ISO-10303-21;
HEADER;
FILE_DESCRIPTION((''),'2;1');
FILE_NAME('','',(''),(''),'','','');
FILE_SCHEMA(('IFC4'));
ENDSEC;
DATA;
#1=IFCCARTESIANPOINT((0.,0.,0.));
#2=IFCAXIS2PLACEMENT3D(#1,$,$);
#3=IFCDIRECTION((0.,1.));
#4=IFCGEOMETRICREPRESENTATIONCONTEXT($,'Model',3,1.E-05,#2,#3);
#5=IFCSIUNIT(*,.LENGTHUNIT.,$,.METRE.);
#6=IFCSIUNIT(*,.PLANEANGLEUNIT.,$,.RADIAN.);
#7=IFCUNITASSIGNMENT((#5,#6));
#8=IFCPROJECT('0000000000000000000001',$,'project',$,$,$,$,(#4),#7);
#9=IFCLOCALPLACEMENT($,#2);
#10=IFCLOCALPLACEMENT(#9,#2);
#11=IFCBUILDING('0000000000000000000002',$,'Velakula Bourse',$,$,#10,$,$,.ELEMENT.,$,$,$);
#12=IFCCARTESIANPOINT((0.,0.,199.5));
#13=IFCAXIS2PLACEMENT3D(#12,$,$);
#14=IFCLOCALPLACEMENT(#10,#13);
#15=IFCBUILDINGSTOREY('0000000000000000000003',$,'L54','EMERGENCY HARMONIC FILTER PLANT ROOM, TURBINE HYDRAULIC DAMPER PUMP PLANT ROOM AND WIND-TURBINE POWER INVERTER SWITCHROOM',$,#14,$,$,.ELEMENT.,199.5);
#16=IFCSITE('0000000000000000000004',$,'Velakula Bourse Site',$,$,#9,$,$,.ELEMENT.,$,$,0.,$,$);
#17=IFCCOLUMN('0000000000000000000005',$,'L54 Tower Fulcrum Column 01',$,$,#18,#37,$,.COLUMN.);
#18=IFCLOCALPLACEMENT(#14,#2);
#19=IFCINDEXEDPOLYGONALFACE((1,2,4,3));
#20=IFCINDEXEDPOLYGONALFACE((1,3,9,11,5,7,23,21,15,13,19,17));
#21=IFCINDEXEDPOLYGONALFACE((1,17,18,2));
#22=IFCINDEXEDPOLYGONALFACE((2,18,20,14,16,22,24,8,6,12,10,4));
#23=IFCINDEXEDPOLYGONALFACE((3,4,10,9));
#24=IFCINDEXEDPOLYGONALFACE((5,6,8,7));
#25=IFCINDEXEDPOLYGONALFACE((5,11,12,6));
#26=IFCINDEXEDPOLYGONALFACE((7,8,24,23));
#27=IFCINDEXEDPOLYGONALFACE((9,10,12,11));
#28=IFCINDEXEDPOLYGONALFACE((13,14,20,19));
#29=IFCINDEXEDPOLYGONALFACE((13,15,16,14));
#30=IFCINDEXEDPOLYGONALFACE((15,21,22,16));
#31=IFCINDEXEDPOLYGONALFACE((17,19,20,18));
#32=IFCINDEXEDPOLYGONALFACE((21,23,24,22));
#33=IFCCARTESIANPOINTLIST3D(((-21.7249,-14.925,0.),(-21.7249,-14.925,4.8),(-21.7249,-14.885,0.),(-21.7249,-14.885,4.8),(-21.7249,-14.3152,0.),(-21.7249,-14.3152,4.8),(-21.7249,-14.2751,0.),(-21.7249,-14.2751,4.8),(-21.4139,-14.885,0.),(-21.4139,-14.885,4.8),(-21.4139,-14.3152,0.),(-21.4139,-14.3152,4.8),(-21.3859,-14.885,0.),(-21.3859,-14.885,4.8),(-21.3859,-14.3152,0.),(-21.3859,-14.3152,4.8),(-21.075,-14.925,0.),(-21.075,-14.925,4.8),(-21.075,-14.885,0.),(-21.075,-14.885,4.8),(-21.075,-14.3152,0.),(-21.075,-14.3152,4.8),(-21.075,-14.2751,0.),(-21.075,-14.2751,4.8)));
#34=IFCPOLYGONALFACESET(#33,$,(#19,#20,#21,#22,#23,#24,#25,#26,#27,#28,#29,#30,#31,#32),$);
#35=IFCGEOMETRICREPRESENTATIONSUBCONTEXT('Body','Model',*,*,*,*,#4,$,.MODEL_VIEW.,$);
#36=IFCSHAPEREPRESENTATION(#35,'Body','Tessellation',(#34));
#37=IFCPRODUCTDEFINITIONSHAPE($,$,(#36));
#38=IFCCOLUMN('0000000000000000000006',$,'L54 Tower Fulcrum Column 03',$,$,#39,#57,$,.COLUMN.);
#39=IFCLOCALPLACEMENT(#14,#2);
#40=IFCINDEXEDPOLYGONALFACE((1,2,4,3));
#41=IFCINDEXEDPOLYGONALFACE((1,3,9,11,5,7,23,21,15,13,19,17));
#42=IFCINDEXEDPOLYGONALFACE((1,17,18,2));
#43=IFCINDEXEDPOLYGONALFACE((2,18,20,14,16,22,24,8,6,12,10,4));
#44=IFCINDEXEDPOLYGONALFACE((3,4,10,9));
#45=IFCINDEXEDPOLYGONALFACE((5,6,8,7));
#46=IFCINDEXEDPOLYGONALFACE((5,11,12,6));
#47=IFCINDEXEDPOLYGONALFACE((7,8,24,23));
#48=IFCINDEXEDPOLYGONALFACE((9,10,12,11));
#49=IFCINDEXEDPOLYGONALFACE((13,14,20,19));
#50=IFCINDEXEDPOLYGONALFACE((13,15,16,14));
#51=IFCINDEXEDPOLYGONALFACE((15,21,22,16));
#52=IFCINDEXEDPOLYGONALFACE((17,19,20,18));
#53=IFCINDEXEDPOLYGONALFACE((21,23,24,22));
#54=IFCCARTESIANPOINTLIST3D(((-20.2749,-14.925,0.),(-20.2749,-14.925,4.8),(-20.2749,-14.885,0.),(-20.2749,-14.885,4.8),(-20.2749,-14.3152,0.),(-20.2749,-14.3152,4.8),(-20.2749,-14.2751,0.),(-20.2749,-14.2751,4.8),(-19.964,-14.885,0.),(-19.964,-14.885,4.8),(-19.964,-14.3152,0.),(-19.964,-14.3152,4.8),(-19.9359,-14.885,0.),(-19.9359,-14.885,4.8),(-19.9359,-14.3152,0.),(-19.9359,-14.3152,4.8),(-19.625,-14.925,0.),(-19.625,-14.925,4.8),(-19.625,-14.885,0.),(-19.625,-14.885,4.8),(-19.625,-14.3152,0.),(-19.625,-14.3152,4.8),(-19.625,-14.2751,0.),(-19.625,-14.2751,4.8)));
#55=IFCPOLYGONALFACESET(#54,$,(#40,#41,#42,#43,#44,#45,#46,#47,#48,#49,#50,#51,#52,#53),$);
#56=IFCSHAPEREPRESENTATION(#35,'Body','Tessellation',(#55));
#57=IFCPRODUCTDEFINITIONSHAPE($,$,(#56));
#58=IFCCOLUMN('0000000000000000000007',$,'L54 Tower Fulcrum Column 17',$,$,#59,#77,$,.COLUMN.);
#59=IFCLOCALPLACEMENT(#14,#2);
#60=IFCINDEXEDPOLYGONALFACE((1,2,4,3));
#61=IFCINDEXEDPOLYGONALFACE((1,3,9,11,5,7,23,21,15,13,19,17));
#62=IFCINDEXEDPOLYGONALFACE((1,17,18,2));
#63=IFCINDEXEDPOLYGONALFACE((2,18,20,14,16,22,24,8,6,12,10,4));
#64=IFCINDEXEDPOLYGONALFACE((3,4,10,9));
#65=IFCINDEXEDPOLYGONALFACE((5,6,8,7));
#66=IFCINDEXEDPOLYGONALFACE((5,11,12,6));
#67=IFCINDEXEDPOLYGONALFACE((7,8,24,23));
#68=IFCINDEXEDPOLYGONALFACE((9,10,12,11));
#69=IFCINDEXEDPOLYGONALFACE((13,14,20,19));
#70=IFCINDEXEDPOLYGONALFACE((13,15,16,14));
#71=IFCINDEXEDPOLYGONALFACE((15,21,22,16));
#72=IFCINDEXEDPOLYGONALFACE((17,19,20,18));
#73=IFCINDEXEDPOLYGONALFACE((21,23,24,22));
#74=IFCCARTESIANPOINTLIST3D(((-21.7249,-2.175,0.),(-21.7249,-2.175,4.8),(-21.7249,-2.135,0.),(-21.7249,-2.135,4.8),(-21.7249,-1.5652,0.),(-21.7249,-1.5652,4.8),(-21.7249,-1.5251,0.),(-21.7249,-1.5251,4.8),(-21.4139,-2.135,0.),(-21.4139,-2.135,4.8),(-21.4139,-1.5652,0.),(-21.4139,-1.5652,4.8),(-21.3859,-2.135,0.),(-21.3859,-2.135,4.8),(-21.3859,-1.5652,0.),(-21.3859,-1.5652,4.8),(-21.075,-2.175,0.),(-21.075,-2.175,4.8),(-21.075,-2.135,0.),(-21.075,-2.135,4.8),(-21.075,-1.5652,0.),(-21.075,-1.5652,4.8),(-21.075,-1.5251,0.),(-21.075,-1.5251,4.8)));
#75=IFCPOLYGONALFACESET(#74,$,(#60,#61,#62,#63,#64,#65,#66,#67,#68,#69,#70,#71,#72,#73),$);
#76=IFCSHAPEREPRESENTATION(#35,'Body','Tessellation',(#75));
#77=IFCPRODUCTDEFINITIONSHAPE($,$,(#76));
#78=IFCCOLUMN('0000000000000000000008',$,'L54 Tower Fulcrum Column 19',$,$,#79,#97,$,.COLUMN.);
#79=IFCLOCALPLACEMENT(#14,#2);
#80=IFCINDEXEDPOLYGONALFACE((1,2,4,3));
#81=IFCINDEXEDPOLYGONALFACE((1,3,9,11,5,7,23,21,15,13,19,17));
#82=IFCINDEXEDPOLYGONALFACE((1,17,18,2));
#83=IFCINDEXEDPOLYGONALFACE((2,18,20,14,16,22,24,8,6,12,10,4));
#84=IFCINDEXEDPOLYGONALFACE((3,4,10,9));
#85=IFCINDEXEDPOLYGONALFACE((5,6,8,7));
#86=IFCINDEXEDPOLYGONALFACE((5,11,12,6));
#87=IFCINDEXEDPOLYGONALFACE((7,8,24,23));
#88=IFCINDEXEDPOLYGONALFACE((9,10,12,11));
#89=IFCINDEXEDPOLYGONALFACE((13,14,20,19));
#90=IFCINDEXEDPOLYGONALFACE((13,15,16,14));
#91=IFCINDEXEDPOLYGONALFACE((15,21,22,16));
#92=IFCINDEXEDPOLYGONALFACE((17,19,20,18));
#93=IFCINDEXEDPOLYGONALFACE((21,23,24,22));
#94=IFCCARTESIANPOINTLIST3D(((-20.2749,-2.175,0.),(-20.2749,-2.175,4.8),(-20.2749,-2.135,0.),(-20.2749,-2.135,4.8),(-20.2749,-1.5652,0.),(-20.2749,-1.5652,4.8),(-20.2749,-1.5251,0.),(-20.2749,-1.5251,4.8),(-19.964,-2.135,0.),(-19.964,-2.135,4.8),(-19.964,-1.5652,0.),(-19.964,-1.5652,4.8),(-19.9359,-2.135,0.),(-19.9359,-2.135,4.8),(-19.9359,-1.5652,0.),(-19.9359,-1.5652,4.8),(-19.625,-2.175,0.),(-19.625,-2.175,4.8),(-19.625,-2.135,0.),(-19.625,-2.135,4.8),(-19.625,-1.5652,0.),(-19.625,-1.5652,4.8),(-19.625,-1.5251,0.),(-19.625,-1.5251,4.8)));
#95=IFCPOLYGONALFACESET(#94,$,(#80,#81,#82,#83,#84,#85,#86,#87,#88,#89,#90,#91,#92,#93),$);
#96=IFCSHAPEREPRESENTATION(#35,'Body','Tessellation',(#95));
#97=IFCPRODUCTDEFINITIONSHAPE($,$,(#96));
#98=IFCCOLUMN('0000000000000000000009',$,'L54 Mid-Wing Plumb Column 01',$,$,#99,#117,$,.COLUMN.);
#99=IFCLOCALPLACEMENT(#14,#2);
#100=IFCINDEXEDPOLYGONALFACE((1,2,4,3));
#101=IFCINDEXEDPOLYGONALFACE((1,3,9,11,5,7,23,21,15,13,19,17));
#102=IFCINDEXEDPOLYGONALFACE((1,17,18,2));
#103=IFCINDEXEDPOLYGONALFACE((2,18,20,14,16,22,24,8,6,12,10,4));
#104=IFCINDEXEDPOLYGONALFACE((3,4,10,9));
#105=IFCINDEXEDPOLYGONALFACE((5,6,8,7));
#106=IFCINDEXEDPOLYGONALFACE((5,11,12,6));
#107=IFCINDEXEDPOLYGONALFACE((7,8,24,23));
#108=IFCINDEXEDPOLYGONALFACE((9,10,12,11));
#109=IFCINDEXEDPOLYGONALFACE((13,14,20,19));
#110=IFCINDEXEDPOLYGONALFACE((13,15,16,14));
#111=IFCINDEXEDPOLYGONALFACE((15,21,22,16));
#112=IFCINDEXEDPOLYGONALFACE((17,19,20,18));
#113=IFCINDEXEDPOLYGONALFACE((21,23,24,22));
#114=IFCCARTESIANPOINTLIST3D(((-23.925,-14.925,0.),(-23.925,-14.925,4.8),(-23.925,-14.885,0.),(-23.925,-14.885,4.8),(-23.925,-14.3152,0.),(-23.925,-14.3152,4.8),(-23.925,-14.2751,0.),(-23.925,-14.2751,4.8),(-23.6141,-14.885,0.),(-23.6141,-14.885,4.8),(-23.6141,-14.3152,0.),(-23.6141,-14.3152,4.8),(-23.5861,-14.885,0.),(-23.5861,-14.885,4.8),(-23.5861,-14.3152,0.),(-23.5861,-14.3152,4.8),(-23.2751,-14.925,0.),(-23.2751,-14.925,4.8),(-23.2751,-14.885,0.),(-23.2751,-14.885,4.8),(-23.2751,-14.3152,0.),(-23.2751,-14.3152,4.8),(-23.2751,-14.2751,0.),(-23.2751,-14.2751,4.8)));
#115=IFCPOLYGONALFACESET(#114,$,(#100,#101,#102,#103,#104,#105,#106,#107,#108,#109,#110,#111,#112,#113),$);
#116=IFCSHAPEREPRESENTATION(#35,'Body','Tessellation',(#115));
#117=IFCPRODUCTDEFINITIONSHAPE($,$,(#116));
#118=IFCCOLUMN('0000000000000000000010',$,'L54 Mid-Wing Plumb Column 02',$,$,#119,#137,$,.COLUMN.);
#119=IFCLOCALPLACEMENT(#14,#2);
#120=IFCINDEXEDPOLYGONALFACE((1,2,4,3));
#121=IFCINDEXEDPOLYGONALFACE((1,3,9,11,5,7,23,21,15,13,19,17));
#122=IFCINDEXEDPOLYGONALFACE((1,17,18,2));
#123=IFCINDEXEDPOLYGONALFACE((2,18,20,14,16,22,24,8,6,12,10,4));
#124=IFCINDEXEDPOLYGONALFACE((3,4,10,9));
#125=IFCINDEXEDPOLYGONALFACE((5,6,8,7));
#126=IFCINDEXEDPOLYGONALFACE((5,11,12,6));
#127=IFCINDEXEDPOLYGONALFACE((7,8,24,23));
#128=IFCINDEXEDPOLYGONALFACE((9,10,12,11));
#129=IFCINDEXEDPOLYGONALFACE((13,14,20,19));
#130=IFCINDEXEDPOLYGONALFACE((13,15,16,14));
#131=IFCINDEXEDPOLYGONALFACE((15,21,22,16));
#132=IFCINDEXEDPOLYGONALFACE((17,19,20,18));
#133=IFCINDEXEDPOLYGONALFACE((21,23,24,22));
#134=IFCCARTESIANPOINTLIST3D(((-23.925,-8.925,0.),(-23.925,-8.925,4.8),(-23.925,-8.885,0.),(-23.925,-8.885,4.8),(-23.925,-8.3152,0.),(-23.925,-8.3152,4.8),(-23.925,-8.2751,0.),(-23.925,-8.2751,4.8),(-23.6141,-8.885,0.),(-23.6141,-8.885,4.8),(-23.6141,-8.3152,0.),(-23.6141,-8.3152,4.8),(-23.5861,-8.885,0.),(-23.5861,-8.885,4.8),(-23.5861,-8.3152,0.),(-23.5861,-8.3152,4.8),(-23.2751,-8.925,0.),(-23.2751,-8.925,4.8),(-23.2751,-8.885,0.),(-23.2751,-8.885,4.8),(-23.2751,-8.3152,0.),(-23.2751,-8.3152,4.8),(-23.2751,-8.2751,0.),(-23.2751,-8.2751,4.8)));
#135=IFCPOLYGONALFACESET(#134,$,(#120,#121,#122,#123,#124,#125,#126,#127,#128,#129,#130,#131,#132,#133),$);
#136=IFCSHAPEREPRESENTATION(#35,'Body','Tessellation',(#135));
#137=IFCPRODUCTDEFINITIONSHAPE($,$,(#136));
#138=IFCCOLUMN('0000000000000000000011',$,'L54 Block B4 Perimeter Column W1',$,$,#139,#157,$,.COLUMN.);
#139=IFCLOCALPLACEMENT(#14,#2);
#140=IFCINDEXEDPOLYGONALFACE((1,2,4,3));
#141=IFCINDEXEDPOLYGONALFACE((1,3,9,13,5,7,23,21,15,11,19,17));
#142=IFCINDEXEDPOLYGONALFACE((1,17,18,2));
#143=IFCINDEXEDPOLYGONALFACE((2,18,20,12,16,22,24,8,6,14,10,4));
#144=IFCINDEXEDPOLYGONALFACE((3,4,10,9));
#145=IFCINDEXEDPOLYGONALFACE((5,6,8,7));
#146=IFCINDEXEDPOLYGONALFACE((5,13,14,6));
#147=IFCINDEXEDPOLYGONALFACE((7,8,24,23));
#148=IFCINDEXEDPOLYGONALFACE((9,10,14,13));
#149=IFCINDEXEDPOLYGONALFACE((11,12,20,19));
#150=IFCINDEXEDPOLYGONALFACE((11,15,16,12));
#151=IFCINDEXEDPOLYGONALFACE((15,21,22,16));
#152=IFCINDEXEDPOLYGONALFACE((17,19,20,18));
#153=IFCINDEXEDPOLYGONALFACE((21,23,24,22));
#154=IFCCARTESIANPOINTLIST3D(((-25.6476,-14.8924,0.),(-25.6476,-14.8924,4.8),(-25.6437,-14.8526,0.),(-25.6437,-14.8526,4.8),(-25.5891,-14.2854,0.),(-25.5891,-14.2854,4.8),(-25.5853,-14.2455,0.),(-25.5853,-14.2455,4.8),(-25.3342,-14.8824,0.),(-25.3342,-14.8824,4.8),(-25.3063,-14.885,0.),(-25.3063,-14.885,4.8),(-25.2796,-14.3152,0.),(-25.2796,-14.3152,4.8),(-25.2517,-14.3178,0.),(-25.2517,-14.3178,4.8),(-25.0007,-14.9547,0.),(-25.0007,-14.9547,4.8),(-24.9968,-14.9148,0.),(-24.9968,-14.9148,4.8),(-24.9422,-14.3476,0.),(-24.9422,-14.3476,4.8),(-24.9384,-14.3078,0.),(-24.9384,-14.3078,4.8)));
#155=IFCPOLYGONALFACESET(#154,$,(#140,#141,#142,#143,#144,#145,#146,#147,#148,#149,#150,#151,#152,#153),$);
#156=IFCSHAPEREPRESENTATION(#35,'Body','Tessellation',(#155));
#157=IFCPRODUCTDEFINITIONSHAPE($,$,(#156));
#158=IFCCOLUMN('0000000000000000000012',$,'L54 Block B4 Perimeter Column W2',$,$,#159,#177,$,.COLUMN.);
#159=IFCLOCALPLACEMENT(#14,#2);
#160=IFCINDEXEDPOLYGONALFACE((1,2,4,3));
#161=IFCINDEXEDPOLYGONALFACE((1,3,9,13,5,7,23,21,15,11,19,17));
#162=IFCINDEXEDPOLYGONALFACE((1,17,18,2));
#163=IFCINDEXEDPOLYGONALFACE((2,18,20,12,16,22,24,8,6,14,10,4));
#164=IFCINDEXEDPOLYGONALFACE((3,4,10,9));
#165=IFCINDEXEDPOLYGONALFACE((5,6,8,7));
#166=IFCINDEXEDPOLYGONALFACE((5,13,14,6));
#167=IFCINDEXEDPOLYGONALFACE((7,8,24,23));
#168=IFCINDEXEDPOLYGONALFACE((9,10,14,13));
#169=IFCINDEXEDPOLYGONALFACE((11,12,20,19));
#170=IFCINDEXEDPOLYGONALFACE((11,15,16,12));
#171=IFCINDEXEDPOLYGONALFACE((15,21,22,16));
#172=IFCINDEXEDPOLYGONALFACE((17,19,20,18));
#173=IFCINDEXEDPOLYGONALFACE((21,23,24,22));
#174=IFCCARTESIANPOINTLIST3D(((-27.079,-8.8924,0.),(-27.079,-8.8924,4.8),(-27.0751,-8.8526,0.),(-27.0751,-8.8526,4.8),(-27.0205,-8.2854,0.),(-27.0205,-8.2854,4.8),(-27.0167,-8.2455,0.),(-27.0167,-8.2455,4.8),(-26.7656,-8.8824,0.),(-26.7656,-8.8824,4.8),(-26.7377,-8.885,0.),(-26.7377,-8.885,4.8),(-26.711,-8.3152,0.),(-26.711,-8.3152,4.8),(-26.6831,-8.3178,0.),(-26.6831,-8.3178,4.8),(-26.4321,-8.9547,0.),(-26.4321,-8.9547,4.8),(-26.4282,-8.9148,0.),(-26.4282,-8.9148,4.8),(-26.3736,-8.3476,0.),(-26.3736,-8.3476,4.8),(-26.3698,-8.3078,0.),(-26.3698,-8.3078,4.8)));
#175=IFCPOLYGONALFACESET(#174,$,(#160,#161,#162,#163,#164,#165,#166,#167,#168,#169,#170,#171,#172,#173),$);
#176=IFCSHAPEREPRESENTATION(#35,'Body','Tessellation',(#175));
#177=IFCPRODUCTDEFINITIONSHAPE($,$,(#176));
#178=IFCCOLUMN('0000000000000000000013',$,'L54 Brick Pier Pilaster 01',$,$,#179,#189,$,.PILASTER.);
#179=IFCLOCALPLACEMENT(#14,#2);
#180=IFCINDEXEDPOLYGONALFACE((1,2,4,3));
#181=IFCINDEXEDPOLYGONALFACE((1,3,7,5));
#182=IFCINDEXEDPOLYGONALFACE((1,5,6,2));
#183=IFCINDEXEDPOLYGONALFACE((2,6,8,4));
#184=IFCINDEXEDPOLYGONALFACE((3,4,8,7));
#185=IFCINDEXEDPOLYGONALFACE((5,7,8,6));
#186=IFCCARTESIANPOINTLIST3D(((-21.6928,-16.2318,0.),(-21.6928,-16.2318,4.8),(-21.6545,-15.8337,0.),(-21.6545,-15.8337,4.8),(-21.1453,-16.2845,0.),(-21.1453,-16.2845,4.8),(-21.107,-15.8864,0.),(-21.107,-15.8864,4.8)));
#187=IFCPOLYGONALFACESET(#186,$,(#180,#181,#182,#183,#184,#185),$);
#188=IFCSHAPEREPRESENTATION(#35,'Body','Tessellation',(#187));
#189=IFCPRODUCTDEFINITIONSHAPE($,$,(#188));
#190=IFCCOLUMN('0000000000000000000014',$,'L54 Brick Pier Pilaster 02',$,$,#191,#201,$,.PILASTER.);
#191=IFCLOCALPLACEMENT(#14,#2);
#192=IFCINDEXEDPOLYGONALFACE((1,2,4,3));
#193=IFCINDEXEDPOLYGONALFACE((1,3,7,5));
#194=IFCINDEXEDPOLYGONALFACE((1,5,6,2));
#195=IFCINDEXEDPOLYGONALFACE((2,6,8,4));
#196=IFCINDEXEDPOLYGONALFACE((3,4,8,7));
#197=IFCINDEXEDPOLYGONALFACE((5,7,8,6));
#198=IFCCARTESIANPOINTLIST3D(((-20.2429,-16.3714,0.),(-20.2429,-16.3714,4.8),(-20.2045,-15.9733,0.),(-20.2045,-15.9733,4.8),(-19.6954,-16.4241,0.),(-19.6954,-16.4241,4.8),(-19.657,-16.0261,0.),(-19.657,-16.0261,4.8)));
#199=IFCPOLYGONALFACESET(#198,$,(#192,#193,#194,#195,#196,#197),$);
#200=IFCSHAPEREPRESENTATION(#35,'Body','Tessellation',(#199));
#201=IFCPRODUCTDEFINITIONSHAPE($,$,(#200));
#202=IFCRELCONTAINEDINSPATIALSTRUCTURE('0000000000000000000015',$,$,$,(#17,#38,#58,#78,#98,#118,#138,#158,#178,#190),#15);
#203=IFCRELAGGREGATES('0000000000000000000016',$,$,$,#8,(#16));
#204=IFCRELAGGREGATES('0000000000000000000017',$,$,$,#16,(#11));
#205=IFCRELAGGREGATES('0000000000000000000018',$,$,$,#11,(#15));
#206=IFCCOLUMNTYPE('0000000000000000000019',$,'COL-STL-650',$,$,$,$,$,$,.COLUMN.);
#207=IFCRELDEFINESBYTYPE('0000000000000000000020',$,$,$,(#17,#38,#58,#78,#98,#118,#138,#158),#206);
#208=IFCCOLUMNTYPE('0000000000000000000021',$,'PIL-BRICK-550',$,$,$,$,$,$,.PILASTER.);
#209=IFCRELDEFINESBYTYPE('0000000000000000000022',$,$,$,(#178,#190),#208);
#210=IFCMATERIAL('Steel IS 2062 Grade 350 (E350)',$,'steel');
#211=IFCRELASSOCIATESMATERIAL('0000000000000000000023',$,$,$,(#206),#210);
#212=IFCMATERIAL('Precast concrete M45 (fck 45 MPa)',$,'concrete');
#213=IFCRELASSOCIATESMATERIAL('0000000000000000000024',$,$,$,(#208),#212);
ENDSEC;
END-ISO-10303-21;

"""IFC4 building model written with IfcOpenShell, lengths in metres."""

from ifc_helpers import new_model, si_unit, direction, frame, origin, origin_2d, place, context, subcontext, project, spatial, rectangle, i_section, extrude, material, material_profile, profile_set, type_object, element, save


model = new_model("IFC4")

# Units and contexts
model_context = context("Model", 3, precision=1e-05, world=origin(), true_north=direction((0.0, 1.0)))
body_context = subcontext(model_context, "Body", "Model", "MODEL_VIEW")
ifc_project = project(units=[si_unit("LENGTHUNIT", "METRE"), si_unit("PLANEANGLEUNIT", "RADIAN")], contexts=[model_context])

# Site, building, storey
site_placement = place(None, origin())
site = spatial("IfcSite", under=ifc_project, at=site_placement, Name="Velakula Bourse Site", CompositionType="ELEMENT", RefElevation=0.0)
building_placement = place(site_placement, origin())
building = spatial("IfcBuilding", under=site, at=building_placement, Name="Velakula Bourse", CompositionType="ELEMENT")
storey_placement = place(building_placement, frame((0.0, 0.0, 199.5)))
storey = spatial("IfcBuildingStorey", under=building, at=storey_placement, Name="L54", Description="EMERGENCY HARMONIC FILTER PLANT ROOM, TURBINE HYDRAULIC DAMPER PUMP PLANT ROOM AND WIND-TURBINE POWER INVERTER SWITCHROOM", CompositionType="ELEMENT", Elevation=199.5)

# Columns
ifc_material_1 = material(Name="Steel IS 2062 Grade 350 (E350)", Category="steel")
ifc_material_profile_1 = material_profile(ifc_material_1, i_section(OverallWidth=0.6499, OverallDepth=0.6499, WebThickness=0.0281, FlangeThickness=0.04, at=origin_2d()), Name="Steel IS 2062 Grade 350 (E350)")
ifc_profile_set_1 = profile_set([ifc_material_profile_1], Name="Steel IS 2062 Grade 350 (E350)")
column_type_1 = type_object("IfcColumnType", Name="COL-STL-650", PredefinedType="COLUMN", material=ifc_profile_set_1)
for number, where, z_axis, x_axis, name in (
    (1, (-21.3999, -14.6001, 0.0), (0.0, 0.0, 1.0), (1.0, 0.0, 0.0), "L54 Tower Fulcrum Column 01"),
    (2, (-19.95, -14.6001, 0.0), (0.0, 0.0, 1.0), (1.0, 0.0, 0.0), "L54 Tower Fulcrum Column 03"),
    (3, (-21.3999, -1.8501, 0.0), (0.0, 0.0, 1.0), (1.0, 0.0, 0.0), "L54 Tower Fulcrum Column 17"),
    (4, (-19.95, -1.8501, 0.0), (0.0, 0.0, 1.0), (1.0, 0.0, 0.0), "L54 Tower Fulcrum Column 19"),
    (5, (-23.6001, -14.6001, 0.0), (0.0, 0.0, 1.0), (1.0, 0.0, 0.0), "L54 Mid-Wing Plumb Column 01"),
    (6, (-23.6001, -8.6001, 0.0), (0.0, 0.0, 1.0), (1.0, 0.0, 0.0), "L54 Mid-Wing Plumb Column 02"),
    (7, (-25.293, -14.6001, 0.0), (0.0, 0.0, 1.0), (0.995396, -0.095846, 0.0), "L54 Block B4 Perimeter Column W1"),
    (8, (-26.7244, -8.6001, 0.0), (0.0, 0.0, 1.0), (0.995396, -0.095846, 0.0), "L54 Block B4 Perimeter Column W2"),
):
    element("IfcColumn", number, at=place(storey_placement, frame(where, z_axis=z_axis, x_axis=x_axis)), inside=storey, type_object=column_type_1, Name=name, PredefinedType="COLUMN", context=body_context, shape_type="SweptSolid", body=[
        extrude(i_section(OverallWidth=0.6499, OverallDepth=0.6499, WebThickness=0.0281, FlangeThickness=0.04, at=origin_2d()), origin(), (0.0, 0.0, 1.0), 4.8),
    ])
ifc_material_2 = material(Name="Precast concrete M45 (fck 45 MPa)", Category="concrete")
ifc_material_profile_2 = material_profile(ifc_material_2, rectangle(XDim=0.55, YDim=0.3999, at=origin_2d()), Name="Precast concrete M45 (fck 45 MPa)")
ifc_profile_set_2 = profile_set([ifc_material_profile_2], Name="Precast concrete M45 (fck 45 MPa)")
column_type_2 = type_object("IfcColumnType", Name="PIL-BRICK-550", PredefinedType="PILASTER", material=ifc_profile_set_2)
for number, where, z_axis, x_axis, name in (
    (9, (-21.3999, -16.0591, 0.0), (0.0, 0.0, 1.0), (0.995396, -0.095846, 0.0), "L54 Brick Pier Pilaster 01"),
    (10, (-19.95, -16.1987, 0.0), (0.0, 0.0, 1.0), (0.995396, -0.095846, 0.0), "L54 Brick Pier Pilaster 02"),
):
    element("IfcColumn", number, at=place(storey_placement, frame(where, z_axis=z_axis, x_axis=x_axis)), inside=storey, type_object=column_type_2, Name=name, PredefinedType="PILASTER", context=body_context, shape_type="SweptSolid", body=[
        extrude(rectangle(XDim=0.55, YDim=0.3999, at=origin_2d()), origin(), (0.0, 0.0, 1.0), 4.8),
    ])

save(model, "model.ifc")
